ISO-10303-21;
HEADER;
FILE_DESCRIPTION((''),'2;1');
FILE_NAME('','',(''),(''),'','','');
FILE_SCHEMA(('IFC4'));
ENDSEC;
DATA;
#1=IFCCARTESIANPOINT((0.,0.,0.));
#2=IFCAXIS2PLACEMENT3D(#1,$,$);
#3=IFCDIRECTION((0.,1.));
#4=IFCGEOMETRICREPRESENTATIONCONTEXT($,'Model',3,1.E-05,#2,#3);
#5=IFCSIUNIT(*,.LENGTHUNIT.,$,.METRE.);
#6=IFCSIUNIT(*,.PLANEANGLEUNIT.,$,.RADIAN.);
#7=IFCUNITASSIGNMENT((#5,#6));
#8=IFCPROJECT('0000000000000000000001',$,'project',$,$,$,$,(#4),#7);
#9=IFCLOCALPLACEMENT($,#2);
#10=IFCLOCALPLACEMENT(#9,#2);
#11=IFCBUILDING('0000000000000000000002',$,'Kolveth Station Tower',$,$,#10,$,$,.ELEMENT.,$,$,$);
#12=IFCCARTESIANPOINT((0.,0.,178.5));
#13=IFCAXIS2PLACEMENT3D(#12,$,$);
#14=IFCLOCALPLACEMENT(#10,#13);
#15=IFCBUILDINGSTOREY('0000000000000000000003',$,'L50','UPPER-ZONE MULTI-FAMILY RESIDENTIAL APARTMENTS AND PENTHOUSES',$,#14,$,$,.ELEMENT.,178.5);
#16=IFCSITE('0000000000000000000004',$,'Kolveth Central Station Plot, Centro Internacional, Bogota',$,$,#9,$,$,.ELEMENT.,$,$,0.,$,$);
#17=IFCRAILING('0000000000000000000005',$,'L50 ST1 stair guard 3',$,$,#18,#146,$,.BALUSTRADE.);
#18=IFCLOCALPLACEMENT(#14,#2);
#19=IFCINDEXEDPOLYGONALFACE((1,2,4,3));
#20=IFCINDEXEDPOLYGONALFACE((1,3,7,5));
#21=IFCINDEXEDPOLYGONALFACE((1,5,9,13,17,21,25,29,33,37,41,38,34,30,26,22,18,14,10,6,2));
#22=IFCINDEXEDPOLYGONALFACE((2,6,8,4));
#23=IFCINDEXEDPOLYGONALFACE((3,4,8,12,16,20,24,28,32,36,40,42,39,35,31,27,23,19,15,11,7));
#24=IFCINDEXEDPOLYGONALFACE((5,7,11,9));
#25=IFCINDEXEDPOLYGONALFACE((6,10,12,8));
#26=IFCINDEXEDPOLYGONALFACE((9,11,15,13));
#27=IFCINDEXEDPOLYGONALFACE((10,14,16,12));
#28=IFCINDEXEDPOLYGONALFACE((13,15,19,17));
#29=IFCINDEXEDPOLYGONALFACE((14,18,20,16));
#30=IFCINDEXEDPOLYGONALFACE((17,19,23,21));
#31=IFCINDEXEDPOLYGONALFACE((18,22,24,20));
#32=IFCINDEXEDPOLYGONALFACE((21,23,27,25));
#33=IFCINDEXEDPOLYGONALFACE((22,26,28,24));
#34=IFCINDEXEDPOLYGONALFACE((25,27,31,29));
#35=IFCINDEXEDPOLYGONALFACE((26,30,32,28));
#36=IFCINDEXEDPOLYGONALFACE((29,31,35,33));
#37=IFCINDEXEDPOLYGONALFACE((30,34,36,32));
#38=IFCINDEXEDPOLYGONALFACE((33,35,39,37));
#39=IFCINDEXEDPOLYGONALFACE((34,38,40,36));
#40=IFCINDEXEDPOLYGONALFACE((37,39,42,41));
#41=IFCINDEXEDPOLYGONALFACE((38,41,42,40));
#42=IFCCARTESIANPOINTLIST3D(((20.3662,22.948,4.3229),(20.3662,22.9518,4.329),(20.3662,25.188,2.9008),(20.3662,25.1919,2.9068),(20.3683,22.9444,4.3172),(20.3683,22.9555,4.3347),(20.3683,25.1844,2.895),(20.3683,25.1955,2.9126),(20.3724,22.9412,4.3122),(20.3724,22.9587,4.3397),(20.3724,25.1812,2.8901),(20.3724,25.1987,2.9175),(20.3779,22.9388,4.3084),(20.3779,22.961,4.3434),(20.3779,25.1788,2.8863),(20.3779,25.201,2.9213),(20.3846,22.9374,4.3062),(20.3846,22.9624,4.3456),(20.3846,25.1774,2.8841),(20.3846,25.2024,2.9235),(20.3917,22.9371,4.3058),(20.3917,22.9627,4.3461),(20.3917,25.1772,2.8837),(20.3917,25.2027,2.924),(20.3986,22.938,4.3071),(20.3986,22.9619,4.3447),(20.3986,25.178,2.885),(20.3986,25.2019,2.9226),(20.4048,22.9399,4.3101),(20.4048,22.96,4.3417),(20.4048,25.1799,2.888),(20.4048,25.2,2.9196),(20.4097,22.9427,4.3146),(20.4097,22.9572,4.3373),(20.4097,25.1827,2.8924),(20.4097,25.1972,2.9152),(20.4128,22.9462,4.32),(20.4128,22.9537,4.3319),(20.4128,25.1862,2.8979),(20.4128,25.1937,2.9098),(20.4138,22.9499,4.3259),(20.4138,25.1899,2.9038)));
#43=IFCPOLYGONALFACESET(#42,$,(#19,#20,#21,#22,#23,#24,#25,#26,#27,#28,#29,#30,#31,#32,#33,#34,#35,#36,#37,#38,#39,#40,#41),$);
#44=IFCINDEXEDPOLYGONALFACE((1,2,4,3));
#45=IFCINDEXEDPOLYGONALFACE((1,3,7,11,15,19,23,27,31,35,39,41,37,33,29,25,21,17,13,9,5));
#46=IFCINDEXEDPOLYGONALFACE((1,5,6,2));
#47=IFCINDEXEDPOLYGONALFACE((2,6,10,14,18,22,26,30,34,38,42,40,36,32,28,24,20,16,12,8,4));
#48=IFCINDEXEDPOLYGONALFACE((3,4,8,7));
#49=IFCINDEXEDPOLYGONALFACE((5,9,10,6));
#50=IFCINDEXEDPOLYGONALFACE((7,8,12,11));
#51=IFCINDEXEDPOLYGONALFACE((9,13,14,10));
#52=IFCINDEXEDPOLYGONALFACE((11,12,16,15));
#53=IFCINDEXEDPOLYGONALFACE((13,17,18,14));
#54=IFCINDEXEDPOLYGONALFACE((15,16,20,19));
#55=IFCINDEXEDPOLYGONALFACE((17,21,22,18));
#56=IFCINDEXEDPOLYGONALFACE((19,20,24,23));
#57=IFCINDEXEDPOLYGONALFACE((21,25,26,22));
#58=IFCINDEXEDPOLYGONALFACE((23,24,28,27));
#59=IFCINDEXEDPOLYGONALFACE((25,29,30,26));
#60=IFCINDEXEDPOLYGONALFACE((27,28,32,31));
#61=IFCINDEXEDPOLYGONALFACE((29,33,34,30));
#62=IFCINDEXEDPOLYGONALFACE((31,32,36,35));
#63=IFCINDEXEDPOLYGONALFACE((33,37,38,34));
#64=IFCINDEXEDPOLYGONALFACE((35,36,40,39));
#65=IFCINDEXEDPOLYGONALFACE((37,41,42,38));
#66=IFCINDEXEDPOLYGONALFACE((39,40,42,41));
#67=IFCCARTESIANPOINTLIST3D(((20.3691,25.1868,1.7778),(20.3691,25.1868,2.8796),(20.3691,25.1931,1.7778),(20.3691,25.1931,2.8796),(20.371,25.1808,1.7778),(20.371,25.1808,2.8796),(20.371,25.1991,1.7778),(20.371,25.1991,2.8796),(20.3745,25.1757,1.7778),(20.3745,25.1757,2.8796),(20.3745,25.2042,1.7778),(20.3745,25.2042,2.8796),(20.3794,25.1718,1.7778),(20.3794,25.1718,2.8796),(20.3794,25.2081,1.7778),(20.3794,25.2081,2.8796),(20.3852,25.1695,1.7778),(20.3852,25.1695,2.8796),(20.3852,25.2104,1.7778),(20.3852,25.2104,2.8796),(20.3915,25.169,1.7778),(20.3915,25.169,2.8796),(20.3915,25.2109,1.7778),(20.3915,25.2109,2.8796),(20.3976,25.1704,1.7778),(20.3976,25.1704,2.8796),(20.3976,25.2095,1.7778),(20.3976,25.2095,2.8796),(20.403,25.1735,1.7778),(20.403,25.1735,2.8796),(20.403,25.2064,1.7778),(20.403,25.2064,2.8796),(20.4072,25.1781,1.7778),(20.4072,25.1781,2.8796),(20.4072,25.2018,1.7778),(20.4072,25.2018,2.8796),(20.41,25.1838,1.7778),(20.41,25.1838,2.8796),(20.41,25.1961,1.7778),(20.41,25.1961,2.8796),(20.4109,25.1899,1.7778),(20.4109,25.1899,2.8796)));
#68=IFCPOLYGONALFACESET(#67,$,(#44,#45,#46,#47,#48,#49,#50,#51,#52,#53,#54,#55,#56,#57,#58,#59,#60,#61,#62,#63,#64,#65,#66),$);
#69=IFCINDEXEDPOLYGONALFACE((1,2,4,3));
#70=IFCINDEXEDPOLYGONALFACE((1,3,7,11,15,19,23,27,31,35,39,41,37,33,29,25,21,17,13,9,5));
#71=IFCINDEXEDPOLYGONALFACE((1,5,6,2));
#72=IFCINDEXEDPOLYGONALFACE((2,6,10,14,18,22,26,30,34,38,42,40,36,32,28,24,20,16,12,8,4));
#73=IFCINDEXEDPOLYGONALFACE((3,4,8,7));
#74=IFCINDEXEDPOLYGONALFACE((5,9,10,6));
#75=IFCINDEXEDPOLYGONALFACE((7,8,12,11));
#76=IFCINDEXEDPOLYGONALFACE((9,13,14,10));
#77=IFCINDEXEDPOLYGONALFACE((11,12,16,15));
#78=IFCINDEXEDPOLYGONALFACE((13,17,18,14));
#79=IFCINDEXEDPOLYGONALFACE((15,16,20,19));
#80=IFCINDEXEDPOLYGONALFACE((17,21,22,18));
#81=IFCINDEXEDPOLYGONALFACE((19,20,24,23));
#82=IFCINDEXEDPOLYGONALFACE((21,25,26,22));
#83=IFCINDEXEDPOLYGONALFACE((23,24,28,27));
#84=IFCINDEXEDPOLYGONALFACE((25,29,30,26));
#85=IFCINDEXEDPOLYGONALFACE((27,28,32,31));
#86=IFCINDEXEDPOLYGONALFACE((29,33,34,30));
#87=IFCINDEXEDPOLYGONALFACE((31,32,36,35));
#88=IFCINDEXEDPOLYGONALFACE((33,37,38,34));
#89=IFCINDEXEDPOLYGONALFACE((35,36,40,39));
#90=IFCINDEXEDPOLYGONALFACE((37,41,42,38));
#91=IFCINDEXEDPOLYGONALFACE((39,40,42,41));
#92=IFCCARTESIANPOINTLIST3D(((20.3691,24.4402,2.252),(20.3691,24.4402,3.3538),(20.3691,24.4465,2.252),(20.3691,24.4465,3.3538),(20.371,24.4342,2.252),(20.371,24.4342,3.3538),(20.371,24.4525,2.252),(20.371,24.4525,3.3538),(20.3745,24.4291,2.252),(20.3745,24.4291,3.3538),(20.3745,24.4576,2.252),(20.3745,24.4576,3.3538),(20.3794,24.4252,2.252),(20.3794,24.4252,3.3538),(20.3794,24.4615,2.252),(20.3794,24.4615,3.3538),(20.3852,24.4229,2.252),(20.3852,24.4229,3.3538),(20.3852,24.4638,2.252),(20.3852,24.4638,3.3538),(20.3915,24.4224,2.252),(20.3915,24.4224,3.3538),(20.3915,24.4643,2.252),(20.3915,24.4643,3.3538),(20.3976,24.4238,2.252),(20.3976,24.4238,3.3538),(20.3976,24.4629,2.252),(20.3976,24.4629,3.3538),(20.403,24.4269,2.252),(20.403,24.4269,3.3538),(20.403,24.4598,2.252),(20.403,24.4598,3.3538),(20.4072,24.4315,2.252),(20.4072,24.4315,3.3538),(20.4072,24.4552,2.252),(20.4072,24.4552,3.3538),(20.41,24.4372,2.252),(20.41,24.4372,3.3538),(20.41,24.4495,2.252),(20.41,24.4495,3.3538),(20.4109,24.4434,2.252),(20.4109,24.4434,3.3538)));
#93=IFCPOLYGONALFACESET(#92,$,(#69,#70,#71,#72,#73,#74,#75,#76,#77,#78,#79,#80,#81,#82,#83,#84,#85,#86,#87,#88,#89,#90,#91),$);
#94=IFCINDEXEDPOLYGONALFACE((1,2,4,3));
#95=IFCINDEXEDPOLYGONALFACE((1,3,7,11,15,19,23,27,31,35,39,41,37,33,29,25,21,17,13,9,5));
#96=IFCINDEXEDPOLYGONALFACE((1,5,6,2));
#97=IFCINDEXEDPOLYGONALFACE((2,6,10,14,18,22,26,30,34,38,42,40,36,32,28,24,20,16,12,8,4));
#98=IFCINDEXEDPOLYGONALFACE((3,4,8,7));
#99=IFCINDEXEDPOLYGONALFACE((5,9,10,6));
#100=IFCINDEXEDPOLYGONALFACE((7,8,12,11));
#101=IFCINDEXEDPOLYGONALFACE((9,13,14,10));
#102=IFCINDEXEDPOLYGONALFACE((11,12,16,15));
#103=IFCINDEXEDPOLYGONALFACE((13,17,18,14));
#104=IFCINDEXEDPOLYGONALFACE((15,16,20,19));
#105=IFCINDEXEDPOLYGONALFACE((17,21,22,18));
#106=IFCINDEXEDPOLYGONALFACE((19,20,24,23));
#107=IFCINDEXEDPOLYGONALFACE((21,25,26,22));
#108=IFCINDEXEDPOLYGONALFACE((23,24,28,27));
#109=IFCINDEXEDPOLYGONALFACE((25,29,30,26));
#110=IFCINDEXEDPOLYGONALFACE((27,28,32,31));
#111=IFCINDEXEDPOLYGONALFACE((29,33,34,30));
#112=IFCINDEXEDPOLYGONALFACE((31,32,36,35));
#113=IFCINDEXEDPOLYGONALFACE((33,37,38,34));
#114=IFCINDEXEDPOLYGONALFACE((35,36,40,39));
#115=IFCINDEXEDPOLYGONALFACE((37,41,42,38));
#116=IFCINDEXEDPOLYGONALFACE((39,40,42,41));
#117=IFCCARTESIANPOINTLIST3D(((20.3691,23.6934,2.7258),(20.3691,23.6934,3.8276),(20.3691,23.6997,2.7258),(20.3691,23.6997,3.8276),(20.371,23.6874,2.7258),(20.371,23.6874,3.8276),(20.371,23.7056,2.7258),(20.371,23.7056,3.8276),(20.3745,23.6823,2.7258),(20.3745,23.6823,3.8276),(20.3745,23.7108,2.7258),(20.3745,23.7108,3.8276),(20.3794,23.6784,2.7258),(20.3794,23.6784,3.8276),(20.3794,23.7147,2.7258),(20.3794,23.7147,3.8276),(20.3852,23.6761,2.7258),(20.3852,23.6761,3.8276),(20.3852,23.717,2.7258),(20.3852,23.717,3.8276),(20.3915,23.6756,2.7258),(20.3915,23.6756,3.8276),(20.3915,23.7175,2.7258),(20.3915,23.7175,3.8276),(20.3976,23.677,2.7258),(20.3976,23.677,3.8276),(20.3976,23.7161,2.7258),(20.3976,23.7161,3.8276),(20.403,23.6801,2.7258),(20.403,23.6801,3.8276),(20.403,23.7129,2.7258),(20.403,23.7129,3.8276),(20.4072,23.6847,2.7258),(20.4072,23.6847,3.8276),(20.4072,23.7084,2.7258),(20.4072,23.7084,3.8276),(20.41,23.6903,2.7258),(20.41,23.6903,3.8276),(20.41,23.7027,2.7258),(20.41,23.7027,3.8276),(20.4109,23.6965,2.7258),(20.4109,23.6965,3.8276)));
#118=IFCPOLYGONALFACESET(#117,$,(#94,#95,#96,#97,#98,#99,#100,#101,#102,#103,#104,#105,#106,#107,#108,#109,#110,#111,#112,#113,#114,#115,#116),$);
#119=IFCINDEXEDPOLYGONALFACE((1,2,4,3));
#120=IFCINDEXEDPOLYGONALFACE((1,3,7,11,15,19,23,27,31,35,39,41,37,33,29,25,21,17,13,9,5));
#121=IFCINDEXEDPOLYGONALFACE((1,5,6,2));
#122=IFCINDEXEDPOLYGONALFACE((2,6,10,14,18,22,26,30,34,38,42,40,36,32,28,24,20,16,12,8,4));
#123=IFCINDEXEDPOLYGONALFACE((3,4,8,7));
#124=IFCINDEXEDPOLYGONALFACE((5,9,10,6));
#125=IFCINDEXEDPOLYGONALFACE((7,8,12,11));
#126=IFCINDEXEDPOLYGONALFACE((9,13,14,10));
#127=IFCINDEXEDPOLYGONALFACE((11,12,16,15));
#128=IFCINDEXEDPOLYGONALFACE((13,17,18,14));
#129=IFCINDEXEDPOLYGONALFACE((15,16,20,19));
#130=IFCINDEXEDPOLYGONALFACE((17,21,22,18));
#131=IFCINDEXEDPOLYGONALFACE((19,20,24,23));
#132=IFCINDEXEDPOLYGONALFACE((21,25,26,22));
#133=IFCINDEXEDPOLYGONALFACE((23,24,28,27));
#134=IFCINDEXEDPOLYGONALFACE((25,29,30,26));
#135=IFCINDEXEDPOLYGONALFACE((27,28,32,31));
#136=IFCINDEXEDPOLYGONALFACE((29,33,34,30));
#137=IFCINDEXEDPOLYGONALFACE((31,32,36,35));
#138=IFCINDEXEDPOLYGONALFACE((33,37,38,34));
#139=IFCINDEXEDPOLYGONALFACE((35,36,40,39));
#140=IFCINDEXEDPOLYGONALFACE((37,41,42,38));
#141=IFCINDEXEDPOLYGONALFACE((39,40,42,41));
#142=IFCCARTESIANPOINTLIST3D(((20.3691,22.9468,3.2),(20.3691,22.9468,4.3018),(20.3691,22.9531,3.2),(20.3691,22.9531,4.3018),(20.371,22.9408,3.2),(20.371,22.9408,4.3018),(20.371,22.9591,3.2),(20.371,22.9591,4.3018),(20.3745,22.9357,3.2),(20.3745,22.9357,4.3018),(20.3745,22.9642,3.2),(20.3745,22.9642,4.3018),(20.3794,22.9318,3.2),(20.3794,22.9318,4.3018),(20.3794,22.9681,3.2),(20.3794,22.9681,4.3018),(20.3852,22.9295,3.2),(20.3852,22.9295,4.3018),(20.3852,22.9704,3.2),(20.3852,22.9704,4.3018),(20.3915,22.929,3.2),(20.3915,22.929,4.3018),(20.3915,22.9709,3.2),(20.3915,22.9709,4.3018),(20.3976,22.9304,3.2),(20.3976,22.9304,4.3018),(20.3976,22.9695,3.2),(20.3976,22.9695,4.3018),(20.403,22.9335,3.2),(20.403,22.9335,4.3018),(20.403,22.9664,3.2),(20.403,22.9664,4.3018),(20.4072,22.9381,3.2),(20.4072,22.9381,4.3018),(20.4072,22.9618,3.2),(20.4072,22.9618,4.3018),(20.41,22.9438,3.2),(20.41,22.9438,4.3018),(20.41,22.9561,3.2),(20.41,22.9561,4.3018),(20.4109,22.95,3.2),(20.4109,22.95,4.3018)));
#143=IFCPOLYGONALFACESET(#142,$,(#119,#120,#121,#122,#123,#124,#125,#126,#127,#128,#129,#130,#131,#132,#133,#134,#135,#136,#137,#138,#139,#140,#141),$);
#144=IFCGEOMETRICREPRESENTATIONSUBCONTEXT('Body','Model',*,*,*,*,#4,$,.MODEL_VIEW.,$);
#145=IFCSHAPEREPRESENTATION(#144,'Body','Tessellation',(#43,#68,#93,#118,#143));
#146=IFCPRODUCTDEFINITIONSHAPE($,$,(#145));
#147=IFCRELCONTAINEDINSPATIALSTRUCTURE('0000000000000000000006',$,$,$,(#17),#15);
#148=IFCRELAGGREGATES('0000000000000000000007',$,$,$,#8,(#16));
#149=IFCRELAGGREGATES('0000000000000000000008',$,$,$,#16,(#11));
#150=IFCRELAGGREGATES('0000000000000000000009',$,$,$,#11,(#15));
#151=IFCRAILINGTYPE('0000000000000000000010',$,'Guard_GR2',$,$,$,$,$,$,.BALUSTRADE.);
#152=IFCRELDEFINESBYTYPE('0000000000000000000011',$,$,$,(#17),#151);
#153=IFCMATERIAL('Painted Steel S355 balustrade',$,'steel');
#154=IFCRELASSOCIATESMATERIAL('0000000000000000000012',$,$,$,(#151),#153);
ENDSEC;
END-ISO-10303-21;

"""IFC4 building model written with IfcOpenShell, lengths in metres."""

from ifc_helpers import new_model, si_unit, direction, frame, origin, origin_2d, place, context, subcontext, project, spatial, circle, extrude, material, type_object, element, save


model = new_model("IFC4")

# Units and contexts
model_context = context("Model", 3, precision=1e-05, world=origin(), true_north=direction((0.0, 1.0)))
body_context = subcontext(model_context, "Body", "Model", "MODEL_VIEW")
ifc_project = project(units=[si_unit("LENGTHUNIT", "METRE"), si_unit("PLANEANGLEUNIT", "RADIAN")], contexts=[model_context])

# Site, building, storey
site_placement = place(None, origin())
site = spatial("IfcSite", under=ifc_project, at=site_placement, Name="Kolveth Central Station Plot, Centro Internacional, Bogota", CompositionType="ELEMENT", RefElevation=0.0)
building_placement = place(site_placement, origin())
building = spatial("IfcBuilding", under=site, at=building_placement, Name="Kolveth Station Tower", CompositionType="ELEMENT")
storey_placement = place(building_placement, frame((0.0, 0.0, 178.5)))
storey = spatial("IfcBuildingStorey", under=building, at=storey_placement, Name="L50", Description="UPPER-ZONE MULTI-FAMILY RESIDENTIAL APARTMENTS AND PENTHOUSES", CompositionType="ELEMENT", Elevation=178.5)

# Railing
ifc_material_1 = material(Name="Painted Steel S355 balustrade", Category="steel")
railing_type_1 = type_object("IfcRailingType", Name="Guard_GR2", PredefinedType="BALUSTRADE", material=ifc_material_1)
railing_1_placement = place(storey_placement, frame((20.3899, 25.1899, 1.7778)))
element("IfcRailing", 1, at=railing_1_placement, inside=storey, type_object=railing_type_1, Name="L50 ST1 stair guard 3", PredefinedType="BALUSTRADE", context=body_context, shape_type="SweptSolid", body=[
    extrude(circle(Radius=0.0239, at=origin_2d()), frame((0.0, 0.0, 1.126), z_axis=(0.0, -0.844229, 0.535982), x_axis=(1.0, 0.0, 0.0)), (0.0, 0.0, 1.0), 2.6533),
    extrude(circle(Radius=0.021, at=origin_2d()), origin(), (0.0, 0.0, 1.0), 1.1018),
    extrude(circle(Radius=0.021, at=origin_2d()), frame((0.0, -0.7466, 0.4741)), (0.0, 0.0, 1.0), 1.1018),
    extrude(circle(Radius=0.021, at=origin_2d()), frame((0.0, -1.4934, 0.948)), (0.0, 0.0, 1.0), 1.1018),
    extrude(circle(Radius=0.021, at=origin_2d()), frame((0.0, -2.24, 1.4221)), (0.0, 0.0, 1.0), 1.1018),
])

save(model, "model.ifc")
